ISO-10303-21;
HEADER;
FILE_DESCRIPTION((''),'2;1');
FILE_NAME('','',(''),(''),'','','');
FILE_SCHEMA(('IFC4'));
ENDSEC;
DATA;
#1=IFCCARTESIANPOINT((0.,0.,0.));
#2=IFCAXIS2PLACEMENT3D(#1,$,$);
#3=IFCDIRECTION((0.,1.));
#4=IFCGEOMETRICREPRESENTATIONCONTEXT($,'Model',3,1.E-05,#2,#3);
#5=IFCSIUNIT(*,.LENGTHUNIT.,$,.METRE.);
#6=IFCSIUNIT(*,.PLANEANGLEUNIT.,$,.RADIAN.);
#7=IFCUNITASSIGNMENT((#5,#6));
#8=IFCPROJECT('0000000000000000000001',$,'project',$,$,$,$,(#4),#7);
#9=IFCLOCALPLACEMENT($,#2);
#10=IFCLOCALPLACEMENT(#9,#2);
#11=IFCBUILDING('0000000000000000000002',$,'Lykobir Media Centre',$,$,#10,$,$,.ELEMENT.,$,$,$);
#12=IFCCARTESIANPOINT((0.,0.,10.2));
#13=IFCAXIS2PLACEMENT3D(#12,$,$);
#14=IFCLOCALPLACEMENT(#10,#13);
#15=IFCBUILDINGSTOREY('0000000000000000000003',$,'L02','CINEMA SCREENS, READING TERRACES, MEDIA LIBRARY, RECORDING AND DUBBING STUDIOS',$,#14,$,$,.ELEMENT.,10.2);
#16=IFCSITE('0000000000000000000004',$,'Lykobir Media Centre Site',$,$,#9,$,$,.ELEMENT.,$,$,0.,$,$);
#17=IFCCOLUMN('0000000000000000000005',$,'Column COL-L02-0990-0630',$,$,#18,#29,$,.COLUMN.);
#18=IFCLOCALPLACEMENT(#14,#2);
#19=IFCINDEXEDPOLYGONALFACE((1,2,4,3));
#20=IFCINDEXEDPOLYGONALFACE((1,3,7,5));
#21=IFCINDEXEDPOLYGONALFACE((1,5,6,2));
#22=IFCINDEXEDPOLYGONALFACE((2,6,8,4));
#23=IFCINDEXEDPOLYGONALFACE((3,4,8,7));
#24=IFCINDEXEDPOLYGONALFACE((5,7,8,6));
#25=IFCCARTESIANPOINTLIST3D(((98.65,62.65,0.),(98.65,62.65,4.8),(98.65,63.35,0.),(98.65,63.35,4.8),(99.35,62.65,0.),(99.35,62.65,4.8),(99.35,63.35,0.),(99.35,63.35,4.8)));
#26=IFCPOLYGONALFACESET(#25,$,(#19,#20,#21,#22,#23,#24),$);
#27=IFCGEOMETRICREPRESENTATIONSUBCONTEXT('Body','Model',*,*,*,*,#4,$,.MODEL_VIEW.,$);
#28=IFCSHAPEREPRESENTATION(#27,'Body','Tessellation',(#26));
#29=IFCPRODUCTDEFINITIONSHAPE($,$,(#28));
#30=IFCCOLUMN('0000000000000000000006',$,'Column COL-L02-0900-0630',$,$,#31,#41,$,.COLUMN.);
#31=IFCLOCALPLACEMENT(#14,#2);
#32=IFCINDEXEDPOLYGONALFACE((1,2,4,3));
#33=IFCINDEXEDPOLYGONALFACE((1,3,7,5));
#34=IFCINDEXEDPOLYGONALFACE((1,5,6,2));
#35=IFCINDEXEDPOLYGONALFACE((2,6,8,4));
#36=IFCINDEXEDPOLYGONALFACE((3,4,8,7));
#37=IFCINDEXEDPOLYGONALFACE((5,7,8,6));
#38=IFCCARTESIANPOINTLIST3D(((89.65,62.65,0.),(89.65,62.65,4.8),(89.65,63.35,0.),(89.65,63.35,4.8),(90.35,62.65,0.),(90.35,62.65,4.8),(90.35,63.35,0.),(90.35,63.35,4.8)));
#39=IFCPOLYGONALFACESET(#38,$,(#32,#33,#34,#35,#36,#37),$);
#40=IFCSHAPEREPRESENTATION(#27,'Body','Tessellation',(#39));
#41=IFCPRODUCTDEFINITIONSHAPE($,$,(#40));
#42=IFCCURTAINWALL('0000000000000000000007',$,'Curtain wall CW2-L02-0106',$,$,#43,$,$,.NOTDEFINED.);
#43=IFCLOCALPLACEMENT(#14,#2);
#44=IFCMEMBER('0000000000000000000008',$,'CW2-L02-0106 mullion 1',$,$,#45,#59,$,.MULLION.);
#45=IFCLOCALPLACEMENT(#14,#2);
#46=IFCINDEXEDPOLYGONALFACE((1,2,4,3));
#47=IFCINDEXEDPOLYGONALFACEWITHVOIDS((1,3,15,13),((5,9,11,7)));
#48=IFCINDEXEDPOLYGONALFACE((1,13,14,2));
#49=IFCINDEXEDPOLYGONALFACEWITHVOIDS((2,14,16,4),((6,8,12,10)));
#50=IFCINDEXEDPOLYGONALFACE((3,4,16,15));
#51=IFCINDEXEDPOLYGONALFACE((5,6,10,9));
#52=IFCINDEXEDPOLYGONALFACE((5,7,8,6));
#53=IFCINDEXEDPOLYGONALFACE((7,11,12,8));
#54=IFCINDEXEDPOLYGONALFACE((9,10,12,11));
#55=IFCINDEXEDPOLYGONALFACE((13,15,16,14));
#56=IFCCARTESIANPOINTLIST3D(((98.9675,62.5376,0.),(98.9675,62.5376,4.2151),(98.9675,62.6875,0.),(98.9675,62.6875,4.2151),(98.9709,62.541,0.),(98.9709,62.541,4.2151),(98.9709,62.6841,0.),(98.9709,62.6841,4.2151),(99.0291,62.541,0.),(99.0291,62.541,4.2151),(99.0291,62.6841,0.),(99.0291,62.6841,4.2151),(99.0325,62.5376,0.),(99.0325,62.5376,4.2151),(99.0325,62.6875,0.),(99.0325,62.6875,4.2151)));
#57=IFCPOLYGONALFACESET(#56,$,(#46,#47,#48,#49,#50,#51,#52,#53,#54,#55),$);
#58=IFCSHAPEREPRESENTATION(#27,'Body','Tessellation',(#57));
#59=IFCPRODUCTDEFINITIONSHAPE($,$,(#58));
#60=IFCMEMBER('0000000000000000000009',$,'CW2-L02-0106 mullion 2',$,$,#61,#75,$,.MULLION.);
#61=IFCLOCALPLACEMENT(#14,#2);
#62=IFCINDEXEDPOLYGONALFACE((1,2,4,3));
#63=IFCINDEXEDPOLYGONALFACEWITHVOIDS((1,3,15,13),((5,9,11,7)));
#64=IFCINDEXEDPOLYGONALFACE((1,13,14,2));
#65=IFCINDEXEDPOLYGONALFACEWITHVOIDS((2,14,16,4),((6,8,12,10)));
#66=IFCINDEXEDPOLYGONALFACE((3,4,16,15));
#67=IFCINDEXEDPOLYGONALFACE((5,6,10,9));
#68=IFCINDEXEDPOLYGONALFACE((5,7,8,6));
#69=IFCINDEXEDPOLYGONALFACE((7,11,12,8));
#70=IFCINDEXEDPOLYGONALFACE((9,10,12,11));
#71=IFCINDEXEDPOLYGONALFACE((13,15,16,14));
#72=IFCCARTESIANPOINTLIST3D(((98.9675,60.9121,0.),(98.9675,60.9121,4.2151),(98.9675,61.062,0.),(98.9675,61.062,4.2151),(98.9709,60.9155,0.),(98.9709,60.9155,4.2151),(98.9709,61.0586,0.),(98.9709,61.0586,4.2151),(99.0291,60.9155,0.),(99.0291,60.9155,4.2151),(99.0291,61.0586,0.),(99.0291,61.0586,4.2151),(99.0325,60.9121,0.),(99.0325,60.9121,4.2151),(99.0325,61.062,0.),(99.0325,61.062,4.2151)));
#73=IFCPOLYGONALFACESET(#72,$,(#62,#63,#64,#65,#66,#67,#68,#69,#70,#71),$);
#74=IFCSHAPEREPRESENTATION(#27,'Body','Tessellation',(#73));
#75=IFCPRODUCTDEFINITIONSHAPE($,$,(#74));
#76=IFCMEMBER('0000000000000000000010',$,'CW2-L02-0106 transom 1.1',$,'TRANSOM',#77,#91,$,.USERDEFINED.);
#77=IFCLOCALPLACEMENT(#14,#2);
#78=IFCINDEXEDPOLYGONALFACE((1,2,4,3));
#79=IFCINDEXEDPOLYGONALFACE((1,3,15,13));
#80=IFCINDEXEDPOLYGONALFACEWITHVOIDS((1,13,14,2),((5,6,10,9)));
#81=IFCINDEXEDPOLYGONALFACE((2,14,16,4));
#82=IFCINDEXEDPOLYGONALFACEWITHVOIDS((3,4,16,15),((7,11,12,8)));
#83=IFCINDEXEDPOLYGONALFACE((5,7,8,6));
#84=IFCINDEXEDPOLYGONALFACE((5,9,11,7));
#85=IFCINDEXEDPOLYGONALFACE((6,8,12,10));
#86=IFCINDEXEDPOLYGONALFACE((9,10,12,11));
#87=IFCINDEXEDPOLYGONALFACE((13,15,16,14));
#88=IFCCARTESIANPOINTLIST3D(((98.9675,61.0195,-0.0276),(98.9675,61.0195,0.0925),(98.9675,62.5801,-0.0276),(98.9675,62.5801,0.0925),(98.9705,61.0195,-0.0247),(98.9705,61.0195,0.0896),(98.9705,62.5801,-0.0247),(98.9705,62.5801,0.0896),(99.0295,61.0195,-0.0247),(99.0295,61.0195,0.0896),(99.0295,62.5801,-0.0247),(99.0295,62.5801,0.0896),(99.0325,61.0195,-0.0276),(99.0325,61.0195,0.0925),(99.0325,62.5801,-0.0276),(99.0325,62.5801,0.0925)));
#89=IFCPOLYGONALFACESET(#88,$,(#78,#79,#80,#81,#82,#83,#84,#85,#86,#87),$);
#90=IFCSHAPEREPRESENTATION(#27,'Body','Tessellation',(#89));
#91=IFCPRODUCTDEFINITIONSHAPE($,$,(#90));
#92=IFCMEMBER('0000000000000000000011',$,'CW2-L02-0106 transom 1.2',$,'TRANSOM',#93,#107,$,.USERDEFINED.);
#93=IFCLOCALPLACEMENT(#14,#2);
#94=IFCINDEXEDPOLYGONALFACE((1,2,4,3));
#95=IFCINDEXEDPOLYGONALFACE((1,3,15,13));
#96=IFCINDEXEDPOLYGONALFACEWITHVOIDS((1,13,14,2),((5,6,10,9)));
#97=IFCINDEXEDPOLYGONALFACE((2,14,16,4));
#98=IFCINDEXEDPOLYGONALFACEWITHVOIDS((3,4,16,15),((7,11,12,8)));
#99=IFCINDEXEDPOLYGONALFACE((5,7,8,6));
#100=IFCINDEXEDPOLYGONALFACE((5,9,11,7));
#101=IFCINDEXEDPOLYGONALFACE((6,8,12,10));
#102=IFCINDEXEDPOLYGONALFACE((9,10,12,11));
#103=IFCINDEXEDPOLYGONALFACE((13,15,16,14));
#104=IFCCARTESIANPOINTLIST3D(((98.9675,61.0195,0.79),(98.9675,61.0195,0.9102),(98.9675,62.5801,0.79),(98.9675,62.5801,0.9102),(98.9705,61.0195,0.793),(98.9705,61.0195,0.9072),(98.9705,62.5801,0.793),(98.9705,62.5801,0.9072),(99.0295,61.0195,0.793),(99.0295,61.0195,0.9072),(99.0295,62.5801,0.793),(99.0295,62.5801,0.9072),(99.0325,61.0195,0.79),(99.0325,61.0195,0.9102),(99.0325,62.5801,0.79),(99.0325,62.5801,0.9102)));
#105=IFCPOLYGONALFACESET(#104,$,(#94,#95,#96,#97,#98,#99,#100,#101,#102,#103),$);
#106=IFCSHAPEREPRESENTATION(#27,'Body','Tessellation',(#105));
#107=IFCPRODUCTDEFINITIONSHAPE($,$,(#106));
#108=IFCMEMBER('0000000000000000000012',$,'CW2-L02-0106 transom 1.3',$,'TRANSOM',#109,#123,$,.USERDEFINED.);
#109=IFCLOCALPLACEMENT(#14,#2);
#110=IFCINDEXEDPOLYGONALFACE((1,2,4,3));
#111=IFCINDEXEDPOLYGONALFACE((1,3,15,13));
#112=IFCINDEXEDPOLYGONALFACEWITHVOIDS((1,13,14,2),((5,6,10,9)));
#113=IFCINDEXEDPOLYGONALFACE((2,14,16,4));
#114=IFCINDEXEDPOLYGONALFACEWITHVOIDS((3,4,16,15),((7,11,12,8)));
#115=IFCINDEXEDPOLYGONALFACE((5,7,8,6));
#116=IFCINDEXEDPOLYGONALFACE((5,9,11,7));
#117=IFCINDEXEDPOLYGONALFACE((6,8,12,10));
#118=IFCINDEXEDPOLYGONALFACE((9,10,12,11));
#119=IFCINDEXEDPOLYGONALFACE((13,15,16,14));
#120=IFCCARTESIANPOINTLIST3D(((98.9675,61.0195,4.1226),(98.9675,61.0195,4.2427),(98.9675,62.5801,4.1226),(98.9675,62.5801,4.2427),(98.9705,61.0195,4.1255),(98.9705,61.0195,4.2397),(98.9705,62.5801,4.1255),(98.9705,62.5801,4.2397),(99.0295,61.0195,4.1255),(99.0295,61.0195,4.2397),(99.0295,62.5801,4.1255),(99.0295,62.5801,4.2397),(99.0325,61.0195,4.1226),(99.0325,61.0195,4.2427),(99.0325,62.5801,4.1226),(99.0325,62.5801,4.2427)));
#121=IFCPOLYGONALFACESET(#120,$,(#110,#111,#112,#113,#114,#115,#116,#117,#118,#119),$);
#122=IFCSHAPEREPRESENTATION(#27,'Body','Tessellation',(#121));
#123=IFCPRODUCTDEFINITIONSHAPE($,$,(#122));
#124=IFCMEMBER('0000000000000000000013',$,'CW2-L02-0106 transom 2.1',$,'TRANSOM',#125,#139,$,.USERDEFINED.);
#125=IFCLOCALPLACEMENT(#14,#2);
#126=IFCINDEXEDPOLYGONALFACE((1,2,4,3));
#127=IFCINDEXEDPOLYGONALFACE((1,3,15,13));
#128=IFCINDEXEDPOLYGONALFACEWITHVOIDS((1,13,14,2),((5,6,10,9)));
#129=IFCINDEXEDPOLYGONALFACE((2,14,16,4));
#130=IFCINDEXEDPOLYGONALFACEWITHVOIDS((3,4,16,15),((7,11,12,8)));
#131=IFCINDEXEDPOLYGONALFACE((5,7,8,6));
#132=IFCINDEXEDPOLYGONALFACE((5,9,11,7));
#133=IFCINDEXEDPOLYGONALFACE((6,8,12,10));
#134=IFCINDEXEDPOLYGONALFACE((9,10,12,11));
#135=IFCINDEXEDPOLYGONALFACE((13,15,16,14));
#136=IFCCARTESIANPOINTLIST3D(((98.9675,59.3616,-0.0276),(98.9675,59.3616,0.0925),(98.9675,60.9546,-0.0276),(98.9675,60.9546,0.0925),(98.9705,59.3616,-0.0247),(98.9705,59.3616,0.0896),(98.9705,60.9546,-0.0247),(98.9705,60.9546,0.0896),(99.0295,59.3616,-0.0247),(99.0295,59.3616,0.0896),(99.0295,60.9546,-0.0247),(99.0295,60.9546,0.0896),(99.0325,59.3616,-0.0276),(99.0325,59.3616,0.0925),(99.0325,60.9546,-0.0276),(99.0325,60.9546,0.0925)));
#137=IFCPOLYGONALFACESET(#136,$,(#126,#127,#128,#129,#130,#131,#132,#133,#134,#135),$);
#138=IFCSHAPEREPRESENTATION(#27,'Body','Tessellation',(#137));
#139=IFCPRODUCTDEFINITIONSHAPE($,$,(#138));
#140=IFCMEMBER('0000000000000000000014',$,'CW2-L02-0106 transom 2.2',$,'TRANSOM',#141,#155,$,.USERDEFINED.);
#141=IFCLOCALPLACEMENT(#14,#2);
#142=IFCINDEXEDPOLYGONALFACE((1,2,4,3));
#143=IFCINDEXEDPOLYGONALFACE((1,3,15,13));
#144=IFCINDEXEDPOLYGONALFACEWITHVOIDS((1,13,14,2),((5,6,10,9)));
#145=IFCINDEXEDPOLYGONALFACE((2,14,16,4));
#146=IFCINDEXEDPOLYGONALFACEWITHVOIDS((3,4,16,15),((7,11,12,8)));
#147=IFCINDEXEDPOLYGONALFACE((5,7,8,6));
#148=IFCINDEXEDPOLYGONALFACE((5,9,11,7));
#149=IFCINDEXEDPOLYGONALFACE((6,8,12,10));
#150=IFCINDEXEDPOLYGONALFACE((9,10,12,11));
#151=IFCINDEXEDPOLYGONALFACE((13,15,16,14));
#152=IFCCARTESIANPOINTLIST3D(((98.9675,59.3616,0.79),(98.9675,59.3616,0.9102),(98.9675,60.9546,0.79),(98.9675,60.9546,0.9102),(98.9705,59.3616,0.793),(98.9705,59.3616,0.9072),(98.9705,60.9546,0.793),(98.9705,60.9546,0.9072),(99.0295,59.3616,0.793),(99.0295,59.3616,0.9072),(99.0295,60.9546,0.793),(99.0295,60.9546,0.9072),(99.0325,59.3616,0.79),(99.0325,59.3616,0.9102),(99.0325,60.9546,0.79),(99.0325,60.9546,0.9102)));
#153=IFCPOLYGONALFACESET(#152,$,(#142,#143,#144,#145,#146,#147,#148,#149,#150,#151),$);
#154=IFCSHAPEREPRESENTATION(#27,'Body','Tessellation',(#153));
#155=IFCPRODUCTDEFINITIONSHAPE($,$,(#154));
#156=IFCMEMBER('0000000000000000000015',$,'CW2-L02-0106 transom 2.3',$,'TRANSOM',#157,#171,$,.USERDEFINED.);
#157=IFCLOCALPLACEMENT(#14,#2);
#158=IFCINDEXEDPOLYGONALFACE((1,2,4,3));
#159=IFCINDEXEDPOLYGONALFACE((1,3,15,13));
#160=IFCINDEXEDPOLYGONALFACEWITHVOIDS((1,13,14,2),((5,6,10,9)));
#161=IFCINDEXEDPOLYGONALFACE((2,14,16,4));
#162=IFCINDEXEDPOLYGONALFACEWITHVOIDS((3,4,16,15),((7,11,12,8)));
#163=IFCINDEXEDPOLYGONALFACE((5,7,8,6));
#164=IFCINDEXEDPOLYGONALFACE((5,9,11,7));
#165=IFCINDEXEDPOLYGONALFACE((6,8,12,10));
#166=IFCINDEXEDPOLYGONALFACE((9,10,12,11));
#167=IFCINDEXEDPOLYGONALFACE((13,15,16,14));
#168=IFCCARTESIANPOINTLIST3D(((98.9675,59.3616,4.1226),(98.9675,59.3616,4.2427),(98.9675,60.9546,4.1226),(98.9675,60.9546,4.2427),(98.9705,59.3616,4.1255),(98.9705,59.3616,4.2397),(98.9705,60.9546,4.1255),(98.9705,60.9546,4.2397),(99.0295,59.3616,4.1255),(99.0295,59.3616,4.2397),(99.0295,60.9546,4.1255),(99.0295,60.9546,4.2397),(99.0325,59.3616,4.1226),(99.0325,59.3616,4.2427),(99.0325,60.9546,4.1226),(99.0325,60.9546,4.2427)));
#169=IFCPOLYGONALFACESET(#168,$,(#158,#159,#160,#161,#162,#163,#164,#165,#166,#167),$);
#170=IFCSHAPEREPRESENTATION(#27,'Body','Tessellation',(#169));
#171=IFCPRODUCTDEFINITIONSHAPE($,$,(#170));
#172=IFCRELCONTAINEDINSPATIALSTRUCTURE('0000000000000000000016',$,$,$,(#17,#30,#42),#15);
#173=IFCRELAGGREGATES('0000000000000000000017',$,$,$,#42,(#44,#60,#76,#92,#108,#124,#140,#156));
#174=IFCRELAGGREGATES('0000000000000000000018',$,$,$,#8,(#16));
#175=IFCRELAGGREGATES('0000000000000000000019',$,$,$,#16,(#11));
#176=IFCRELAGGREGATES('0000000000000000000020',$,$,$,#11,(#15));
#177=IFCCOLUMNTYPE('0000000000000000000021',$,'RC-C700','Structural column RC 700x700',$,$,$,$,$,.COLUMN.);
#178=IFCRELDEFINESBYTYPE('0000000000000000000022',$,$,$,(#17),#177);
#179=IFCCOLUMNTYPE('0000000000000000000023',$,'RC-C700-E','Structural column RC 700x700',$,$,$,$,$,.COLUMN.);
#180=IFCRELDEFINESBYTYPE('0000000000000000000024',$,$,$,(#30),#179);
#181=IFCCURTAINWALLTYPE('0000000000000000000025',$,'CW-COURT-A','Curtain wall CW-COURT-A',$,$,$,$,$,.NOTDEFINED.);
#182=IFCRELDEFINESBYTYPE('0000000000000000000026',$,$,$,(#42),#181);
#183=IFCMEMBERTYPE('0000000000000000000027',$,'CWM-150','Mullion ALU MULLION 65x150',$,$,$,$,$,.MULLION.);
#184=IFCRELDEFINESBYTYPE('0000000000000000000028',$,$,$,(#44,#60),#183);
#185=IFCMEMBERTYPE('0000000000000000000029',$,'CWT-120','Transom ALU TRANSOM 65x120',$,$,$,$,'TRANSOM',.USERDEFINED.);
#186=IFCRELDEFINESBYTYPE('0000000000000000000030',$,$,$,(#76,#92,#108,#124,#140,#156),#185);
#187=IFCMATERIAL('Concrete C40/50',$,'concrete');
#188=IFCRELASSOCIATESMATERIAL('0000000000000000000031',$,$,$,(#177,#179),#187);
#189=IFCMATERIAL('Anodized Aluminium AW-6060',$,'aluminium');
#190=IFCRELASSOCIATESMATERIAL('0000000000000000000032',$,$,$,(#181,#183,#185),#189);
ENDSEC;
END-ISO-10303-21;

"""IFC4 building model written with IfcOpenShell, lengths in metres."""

from ifc_helpers import new_model, si_unit, direction, frame, origin, origin_2d, place, context, subcontext, project, spatial, rectangle, hollow_rectangle, extrude, material, material_profile, profile_set, type_object, element, aggregate, save


model = new_model("IFC4")

# Units and contexts
model_context = context("Model", 3, precision=1e-05, world=origin(), true_north=direction((0.0, 1.0)))
body_context = subcontext(model_context, "Body", "Model", "MODEL_VIEW")
ifc_project = project(units=[si_unit("LENGTHUNIT", "METRE"), si_unit("PLANEANGLEUNIT", "RADIAN")], contexts=[model_context])

# Site, building, storey
site_placement = place(None, origin())
site = spatial("IfcSite", under=ifc_project, at=site_placement, Name="Lykobir Media Centre Site", CompositionType="ELEMENT", RefElevation=0.0)
building_placement = place(site_placement, origin())
building = spatial("IfcBuilding", under=site, at=building_placement, Name="Lykobir Media Centre", CompositionType="ELEMENT")
storey_placement = place(building_placement, frame((0.0, 0.0, 10.2)))
storey = spatial("IfcBuildingStorey", under=building, at=storey_placement, Name="L02", Description="CINEMA SCREENS, READING TERRACES, MEDIA LIBRARY, RECORDING AND DUBBING STUDIOS", CompositionType="ELEMENT", Elevation=10.2)

# Columns
ifc_material_1 = material(Name="Concrete C40/50", Category="concrete")
ifc_material_profile_1 = material_profile(ifc_material_1, rectangle(XDim=0.7, YDim=0.7, at=origin_2d()), Name="RC 700x700")
ifc_profile_set_1 = profile_set([ifc_material_profile_1], Name="Concrete C40/50")
column_type_1 = type_object("IfcColumnType", Name="RC-C700", Description="Structural column RC 700x700", PredefinedType="COLUMN", material=ifc_profile_set_1)
column_1_placement = place(storey_placement, frame((99.0, 63.0, 0.0), z_axis=(0.0, 0.0, 1.0), x_axis=(1.0, 0.0, 0.0)))
element("IfcColumn", 1, at=column_1_placement, inside=storey, type_object=column_type_1, Name="Column COL-L02-0990-0630", PredefinedType="COLUMN", context=body_context, shape_type="SweptSolid", body=[
    extrude(rectangle(XDim=0.7, YDim=0.7, at=origin_2d()), origin(), (0.0, 0.0, 1.0), 4.8),
])
ifc_material_profile_2 = material_profile(ifc_material_1, rectangle(XDim=0.7, YDim=0.7, at=origin_2d()), Name="RC 700x700")
ifc_profile_set_2 = profile_set([ifc_material_profile_2], Name="Concrete C40/50")
column_type_2 = type_object("IfcColumnType", Name="RC-C700-E", Description="Structural column RC 700x700", PredefinedType="COLUMN", material=ifc_profile_set_2)
column_2_placement = place(storey_placement, frame((90.0, 63.0, 0.0), z_axis=(0.0, 0.0, 1.0), x_axis=(1.0, 0.0, 0.0)))
element("IfcColumn", 2, at=column_2_placement, inside=storey, type_object=column_type_2, Name="Column COL-L02-0900-0630", PredefinedType="COLUMN", context=body_context, shape_type="SweptSolid", body=[
    extrude(rectangle(XDim=0.7, YDim=0.7, at=origin_2d()), origin(), (0.0, 0.0, 1.0), 4.8),
])

# Curtain wall, members
ifc_material_2 = material(Name="Anodized Aluminium AW-6060", Category="aluminium")
curtain_wall_type = type_object("IfcCurtainWallType", Name="CW-COURT-A", Description="Curtain wall CW-COURT-A", PredefinedType="NOTDEFINED", material=ifc_material_2)
curtain_wall_placement = place(storey_placement, origin())
curtain_wall = element("IfcCurtainWall", 3, at=curtain_wall_placement, inside=storey, type_object=curtain_wall_type, Name="Curtain wall CW2-L02-0106", PredefinedType="NOTDEFINED")
ifc_material_profile_3 = material_profile(ifc_material_2, hollow_rectangle(XDim=0.0649, YDim=0.1499, WallThickness=0.0034, at=origin_2d()), Name="ALU MULLION 65x150")
ifc_profile_set_3 = profile_set([ifc_material_profile_3], Name="Anodized Aluminium AW-6060")
member_type_1 = type_object("IfcMemberType", Name="CWM-150", Description="Mullion ALU MULLION 65x150", PredefinedType="MULLION", material=ifc_profile_set_3)
member_1_placement = place(storey_placement, frame((99.0, 62.6125, 0.0), z_axis=(0.0, 0.0, 1.0), x_axis=(1.0, 0.0, 0.0)))
member_1 = element("IfcMember", 4, at=member_1_placement, type_object=member_type_1, Name="CW2-L02-0106 mullion 1", PredefinedType="MULLION", context=body_context, shape_type="SweptSolid", body=[
    extrude(hollow_rectangle(XDim=0.0649, YDim=0.1499, WallThickness=0.0034, at=origin_2d()), origin(), (0.0, 0.0, 1.0), 4.2151),
])
member_2_placement = place(storey_placement, frame((99.0, 60.9871, 0.0), z_axis=(0.0, 0.0, 1.0), x_axis=(1.0, 0.0, 0.0)))
member_2 = element("IfcMember", 5, at=member_2_placement, type_object=member_type_1, Name="CW2-L02-0106 mullion 2", PredefinedType="MULLION", context=body_context, shape_type="SweptSolid", body=[
    extrude(hollow_rectangle(XDim=0.0649, YDim=0.1499, WallThickness=0.0034, at=origin_2d()), origin(), (0.0, 0.0, 1.0), 4.2151),
])
ifc_material_profile_4 = material_profile(ifc_material_2, hollow_rectangle(XDim=0.0649, YDim=0.1201, WallThickness=0.0029, at=origin_2d()), Name="ALU TRANSOM 65x120")
ifc_profile_set_4 = profile_set([ifc_material_profile_4], Name="Anodized Aluminium AW-6060")
member_type_2 = type_object("IfcMemberType", Name="CWT-120", Description="Transom ALU TRANSOM 65x120", ElementType="TRANSOM", PredefinedType="USERDEFINED", material=ifc_profile_set_4)
member_3_placement = place(storey_placement, frame((99.0, 62.5801, 0.0325), z_axis=(0.0, -1.0, 0.0), x_axis=(1.0, 0.0, 0.0)))
member_3 = element("IfcMember", 6, at=member_3_placement, type_object=member_type_2, Name="CW2-L02-0106 transom 1.1", ObjectType="TRANSOM", PredefinedType="USERDEFINED", context=body_context, shape_type="SweptSolid", body=[
    extrude(hollow_rectangle(XDim=0.0649, YDim=0.1201, WallThickness=0.0029, at=origin_2d()), origin(), (0.0, 0.0, 1.0), 1.5605),
])
member_4_placement = place(storey_placement, frame((99.0, 62.5801, 0.8501), z_axis=(0.0, -1.0, 0.0), x_axis=(1.0, 0.0, 0.0)))
member_4 = element("IfcMember", 7, at=member_4_placement, type_object=member_type_2, Name="CW2-L02-0106 transom 1.2", ObjectType="TRANSOM", PredefinedType="USERDEFINED", context=body_context, shape_type="SweptSolid", body=[
    extrude(hollow_rectangle(XDim=0.0649, YDim=0.1201, WallThickness=0.0029, at=origin_2d()), origin(), (0.0, 0.0, 1.0), 1.5605),
])
member_5_placement = place(storey_placement, frame((99.0, 62.5801, 4.1826), z_axis=(0.0, -1.0, 0.0), x_axis=(1.0, 0.0, 0.0)))
member_5 = element("IfcMember", 8, at=member_5_placement, type_object=member_type_2, Name="CW2-L02-0106 transom 1.3", ObjectType="TRANSOM", PredefinedType="USERDEFINED", context=body_context, shape_type="SweptSolid", body=[
    extrude(hollow_rectangle(XDim=0.0649, YDim=0.1201, WallThickness=0.0029, at=origin_2d()), origin(), (0.0, 0.0, 1.0), 1.5605),
])
member_6_placement = place(storey_placement, frame((99.0, 60.9546, 0.0325), z_axis=(0.0, -1.0, 0.0), x_axis=(1.0, 0.0, 0.0)))
member_6 = element("IfcMember", 9, at=member_6_placement, type_object=member_type_2, Name="CW2-L02-0106 transom 2.1", ObjectType="TRANSOM", PredefinedType="USERDEFINED", context=body_context, shape_type="SweptSolid", body=[
    extrude(hollow_rectangle(XDim=0.0649, YDim=0.1201, WallThickness=0.0029, at=origin_2d()), origin(), (0.0, 0.0, 1.0), 1.593),
])
member_7_placement = place(storey_placement, frame((99.0, 60.9546, 0.8501), z_axis=(0.0, -1.0, 0.0), x_axis=(1.0, 0.0, 0.0)))
member_7 = element("IfcMember", 10, at=member_7_placement, type_object=member_type_2, Name="CW2-L02-0106 transom 2.2", ObjectType="TRANSOM", PredefinedType="USERDEFINED", context=body_context, shape_type="SweptSolid", body=[
    extrude(hollow_rectangle(XDim=0.0649, YDim=0.1201, WallThickness=0.0029, at=origin_2d()), origin(), (0.0, 0.0, 1.0), 1.593),
])
member_8_placement = place(storey_placement, frame((99.0, 60.9546, 4.1826), z_axis=(0.0, -1.0, 0.0), x_axis=(1.0, 0.0, 0.0)))
member_8 = element("IfcMember", 11, at=member_8_placement, type_object=member_type_2, Name="CW2-L02-0106 transom 2.3", ObjectType="TRANSOM", PredefinedType="USERDEFINED", context=body_context, shape_type="SweptSolid", body=[
    extrude(hollow_rectangle(XDim=0.0649, YDim=0.1201, WallThickness=0.0029, at=origin_2d()), origin(), (0.0, 0.0, 1.0), 1.593),
])

aggregate(curtain_wall, [member_1, member_2, member_3, member_4, member_5, member_6, member_7, member_8])

save(model, "model.ifc")
